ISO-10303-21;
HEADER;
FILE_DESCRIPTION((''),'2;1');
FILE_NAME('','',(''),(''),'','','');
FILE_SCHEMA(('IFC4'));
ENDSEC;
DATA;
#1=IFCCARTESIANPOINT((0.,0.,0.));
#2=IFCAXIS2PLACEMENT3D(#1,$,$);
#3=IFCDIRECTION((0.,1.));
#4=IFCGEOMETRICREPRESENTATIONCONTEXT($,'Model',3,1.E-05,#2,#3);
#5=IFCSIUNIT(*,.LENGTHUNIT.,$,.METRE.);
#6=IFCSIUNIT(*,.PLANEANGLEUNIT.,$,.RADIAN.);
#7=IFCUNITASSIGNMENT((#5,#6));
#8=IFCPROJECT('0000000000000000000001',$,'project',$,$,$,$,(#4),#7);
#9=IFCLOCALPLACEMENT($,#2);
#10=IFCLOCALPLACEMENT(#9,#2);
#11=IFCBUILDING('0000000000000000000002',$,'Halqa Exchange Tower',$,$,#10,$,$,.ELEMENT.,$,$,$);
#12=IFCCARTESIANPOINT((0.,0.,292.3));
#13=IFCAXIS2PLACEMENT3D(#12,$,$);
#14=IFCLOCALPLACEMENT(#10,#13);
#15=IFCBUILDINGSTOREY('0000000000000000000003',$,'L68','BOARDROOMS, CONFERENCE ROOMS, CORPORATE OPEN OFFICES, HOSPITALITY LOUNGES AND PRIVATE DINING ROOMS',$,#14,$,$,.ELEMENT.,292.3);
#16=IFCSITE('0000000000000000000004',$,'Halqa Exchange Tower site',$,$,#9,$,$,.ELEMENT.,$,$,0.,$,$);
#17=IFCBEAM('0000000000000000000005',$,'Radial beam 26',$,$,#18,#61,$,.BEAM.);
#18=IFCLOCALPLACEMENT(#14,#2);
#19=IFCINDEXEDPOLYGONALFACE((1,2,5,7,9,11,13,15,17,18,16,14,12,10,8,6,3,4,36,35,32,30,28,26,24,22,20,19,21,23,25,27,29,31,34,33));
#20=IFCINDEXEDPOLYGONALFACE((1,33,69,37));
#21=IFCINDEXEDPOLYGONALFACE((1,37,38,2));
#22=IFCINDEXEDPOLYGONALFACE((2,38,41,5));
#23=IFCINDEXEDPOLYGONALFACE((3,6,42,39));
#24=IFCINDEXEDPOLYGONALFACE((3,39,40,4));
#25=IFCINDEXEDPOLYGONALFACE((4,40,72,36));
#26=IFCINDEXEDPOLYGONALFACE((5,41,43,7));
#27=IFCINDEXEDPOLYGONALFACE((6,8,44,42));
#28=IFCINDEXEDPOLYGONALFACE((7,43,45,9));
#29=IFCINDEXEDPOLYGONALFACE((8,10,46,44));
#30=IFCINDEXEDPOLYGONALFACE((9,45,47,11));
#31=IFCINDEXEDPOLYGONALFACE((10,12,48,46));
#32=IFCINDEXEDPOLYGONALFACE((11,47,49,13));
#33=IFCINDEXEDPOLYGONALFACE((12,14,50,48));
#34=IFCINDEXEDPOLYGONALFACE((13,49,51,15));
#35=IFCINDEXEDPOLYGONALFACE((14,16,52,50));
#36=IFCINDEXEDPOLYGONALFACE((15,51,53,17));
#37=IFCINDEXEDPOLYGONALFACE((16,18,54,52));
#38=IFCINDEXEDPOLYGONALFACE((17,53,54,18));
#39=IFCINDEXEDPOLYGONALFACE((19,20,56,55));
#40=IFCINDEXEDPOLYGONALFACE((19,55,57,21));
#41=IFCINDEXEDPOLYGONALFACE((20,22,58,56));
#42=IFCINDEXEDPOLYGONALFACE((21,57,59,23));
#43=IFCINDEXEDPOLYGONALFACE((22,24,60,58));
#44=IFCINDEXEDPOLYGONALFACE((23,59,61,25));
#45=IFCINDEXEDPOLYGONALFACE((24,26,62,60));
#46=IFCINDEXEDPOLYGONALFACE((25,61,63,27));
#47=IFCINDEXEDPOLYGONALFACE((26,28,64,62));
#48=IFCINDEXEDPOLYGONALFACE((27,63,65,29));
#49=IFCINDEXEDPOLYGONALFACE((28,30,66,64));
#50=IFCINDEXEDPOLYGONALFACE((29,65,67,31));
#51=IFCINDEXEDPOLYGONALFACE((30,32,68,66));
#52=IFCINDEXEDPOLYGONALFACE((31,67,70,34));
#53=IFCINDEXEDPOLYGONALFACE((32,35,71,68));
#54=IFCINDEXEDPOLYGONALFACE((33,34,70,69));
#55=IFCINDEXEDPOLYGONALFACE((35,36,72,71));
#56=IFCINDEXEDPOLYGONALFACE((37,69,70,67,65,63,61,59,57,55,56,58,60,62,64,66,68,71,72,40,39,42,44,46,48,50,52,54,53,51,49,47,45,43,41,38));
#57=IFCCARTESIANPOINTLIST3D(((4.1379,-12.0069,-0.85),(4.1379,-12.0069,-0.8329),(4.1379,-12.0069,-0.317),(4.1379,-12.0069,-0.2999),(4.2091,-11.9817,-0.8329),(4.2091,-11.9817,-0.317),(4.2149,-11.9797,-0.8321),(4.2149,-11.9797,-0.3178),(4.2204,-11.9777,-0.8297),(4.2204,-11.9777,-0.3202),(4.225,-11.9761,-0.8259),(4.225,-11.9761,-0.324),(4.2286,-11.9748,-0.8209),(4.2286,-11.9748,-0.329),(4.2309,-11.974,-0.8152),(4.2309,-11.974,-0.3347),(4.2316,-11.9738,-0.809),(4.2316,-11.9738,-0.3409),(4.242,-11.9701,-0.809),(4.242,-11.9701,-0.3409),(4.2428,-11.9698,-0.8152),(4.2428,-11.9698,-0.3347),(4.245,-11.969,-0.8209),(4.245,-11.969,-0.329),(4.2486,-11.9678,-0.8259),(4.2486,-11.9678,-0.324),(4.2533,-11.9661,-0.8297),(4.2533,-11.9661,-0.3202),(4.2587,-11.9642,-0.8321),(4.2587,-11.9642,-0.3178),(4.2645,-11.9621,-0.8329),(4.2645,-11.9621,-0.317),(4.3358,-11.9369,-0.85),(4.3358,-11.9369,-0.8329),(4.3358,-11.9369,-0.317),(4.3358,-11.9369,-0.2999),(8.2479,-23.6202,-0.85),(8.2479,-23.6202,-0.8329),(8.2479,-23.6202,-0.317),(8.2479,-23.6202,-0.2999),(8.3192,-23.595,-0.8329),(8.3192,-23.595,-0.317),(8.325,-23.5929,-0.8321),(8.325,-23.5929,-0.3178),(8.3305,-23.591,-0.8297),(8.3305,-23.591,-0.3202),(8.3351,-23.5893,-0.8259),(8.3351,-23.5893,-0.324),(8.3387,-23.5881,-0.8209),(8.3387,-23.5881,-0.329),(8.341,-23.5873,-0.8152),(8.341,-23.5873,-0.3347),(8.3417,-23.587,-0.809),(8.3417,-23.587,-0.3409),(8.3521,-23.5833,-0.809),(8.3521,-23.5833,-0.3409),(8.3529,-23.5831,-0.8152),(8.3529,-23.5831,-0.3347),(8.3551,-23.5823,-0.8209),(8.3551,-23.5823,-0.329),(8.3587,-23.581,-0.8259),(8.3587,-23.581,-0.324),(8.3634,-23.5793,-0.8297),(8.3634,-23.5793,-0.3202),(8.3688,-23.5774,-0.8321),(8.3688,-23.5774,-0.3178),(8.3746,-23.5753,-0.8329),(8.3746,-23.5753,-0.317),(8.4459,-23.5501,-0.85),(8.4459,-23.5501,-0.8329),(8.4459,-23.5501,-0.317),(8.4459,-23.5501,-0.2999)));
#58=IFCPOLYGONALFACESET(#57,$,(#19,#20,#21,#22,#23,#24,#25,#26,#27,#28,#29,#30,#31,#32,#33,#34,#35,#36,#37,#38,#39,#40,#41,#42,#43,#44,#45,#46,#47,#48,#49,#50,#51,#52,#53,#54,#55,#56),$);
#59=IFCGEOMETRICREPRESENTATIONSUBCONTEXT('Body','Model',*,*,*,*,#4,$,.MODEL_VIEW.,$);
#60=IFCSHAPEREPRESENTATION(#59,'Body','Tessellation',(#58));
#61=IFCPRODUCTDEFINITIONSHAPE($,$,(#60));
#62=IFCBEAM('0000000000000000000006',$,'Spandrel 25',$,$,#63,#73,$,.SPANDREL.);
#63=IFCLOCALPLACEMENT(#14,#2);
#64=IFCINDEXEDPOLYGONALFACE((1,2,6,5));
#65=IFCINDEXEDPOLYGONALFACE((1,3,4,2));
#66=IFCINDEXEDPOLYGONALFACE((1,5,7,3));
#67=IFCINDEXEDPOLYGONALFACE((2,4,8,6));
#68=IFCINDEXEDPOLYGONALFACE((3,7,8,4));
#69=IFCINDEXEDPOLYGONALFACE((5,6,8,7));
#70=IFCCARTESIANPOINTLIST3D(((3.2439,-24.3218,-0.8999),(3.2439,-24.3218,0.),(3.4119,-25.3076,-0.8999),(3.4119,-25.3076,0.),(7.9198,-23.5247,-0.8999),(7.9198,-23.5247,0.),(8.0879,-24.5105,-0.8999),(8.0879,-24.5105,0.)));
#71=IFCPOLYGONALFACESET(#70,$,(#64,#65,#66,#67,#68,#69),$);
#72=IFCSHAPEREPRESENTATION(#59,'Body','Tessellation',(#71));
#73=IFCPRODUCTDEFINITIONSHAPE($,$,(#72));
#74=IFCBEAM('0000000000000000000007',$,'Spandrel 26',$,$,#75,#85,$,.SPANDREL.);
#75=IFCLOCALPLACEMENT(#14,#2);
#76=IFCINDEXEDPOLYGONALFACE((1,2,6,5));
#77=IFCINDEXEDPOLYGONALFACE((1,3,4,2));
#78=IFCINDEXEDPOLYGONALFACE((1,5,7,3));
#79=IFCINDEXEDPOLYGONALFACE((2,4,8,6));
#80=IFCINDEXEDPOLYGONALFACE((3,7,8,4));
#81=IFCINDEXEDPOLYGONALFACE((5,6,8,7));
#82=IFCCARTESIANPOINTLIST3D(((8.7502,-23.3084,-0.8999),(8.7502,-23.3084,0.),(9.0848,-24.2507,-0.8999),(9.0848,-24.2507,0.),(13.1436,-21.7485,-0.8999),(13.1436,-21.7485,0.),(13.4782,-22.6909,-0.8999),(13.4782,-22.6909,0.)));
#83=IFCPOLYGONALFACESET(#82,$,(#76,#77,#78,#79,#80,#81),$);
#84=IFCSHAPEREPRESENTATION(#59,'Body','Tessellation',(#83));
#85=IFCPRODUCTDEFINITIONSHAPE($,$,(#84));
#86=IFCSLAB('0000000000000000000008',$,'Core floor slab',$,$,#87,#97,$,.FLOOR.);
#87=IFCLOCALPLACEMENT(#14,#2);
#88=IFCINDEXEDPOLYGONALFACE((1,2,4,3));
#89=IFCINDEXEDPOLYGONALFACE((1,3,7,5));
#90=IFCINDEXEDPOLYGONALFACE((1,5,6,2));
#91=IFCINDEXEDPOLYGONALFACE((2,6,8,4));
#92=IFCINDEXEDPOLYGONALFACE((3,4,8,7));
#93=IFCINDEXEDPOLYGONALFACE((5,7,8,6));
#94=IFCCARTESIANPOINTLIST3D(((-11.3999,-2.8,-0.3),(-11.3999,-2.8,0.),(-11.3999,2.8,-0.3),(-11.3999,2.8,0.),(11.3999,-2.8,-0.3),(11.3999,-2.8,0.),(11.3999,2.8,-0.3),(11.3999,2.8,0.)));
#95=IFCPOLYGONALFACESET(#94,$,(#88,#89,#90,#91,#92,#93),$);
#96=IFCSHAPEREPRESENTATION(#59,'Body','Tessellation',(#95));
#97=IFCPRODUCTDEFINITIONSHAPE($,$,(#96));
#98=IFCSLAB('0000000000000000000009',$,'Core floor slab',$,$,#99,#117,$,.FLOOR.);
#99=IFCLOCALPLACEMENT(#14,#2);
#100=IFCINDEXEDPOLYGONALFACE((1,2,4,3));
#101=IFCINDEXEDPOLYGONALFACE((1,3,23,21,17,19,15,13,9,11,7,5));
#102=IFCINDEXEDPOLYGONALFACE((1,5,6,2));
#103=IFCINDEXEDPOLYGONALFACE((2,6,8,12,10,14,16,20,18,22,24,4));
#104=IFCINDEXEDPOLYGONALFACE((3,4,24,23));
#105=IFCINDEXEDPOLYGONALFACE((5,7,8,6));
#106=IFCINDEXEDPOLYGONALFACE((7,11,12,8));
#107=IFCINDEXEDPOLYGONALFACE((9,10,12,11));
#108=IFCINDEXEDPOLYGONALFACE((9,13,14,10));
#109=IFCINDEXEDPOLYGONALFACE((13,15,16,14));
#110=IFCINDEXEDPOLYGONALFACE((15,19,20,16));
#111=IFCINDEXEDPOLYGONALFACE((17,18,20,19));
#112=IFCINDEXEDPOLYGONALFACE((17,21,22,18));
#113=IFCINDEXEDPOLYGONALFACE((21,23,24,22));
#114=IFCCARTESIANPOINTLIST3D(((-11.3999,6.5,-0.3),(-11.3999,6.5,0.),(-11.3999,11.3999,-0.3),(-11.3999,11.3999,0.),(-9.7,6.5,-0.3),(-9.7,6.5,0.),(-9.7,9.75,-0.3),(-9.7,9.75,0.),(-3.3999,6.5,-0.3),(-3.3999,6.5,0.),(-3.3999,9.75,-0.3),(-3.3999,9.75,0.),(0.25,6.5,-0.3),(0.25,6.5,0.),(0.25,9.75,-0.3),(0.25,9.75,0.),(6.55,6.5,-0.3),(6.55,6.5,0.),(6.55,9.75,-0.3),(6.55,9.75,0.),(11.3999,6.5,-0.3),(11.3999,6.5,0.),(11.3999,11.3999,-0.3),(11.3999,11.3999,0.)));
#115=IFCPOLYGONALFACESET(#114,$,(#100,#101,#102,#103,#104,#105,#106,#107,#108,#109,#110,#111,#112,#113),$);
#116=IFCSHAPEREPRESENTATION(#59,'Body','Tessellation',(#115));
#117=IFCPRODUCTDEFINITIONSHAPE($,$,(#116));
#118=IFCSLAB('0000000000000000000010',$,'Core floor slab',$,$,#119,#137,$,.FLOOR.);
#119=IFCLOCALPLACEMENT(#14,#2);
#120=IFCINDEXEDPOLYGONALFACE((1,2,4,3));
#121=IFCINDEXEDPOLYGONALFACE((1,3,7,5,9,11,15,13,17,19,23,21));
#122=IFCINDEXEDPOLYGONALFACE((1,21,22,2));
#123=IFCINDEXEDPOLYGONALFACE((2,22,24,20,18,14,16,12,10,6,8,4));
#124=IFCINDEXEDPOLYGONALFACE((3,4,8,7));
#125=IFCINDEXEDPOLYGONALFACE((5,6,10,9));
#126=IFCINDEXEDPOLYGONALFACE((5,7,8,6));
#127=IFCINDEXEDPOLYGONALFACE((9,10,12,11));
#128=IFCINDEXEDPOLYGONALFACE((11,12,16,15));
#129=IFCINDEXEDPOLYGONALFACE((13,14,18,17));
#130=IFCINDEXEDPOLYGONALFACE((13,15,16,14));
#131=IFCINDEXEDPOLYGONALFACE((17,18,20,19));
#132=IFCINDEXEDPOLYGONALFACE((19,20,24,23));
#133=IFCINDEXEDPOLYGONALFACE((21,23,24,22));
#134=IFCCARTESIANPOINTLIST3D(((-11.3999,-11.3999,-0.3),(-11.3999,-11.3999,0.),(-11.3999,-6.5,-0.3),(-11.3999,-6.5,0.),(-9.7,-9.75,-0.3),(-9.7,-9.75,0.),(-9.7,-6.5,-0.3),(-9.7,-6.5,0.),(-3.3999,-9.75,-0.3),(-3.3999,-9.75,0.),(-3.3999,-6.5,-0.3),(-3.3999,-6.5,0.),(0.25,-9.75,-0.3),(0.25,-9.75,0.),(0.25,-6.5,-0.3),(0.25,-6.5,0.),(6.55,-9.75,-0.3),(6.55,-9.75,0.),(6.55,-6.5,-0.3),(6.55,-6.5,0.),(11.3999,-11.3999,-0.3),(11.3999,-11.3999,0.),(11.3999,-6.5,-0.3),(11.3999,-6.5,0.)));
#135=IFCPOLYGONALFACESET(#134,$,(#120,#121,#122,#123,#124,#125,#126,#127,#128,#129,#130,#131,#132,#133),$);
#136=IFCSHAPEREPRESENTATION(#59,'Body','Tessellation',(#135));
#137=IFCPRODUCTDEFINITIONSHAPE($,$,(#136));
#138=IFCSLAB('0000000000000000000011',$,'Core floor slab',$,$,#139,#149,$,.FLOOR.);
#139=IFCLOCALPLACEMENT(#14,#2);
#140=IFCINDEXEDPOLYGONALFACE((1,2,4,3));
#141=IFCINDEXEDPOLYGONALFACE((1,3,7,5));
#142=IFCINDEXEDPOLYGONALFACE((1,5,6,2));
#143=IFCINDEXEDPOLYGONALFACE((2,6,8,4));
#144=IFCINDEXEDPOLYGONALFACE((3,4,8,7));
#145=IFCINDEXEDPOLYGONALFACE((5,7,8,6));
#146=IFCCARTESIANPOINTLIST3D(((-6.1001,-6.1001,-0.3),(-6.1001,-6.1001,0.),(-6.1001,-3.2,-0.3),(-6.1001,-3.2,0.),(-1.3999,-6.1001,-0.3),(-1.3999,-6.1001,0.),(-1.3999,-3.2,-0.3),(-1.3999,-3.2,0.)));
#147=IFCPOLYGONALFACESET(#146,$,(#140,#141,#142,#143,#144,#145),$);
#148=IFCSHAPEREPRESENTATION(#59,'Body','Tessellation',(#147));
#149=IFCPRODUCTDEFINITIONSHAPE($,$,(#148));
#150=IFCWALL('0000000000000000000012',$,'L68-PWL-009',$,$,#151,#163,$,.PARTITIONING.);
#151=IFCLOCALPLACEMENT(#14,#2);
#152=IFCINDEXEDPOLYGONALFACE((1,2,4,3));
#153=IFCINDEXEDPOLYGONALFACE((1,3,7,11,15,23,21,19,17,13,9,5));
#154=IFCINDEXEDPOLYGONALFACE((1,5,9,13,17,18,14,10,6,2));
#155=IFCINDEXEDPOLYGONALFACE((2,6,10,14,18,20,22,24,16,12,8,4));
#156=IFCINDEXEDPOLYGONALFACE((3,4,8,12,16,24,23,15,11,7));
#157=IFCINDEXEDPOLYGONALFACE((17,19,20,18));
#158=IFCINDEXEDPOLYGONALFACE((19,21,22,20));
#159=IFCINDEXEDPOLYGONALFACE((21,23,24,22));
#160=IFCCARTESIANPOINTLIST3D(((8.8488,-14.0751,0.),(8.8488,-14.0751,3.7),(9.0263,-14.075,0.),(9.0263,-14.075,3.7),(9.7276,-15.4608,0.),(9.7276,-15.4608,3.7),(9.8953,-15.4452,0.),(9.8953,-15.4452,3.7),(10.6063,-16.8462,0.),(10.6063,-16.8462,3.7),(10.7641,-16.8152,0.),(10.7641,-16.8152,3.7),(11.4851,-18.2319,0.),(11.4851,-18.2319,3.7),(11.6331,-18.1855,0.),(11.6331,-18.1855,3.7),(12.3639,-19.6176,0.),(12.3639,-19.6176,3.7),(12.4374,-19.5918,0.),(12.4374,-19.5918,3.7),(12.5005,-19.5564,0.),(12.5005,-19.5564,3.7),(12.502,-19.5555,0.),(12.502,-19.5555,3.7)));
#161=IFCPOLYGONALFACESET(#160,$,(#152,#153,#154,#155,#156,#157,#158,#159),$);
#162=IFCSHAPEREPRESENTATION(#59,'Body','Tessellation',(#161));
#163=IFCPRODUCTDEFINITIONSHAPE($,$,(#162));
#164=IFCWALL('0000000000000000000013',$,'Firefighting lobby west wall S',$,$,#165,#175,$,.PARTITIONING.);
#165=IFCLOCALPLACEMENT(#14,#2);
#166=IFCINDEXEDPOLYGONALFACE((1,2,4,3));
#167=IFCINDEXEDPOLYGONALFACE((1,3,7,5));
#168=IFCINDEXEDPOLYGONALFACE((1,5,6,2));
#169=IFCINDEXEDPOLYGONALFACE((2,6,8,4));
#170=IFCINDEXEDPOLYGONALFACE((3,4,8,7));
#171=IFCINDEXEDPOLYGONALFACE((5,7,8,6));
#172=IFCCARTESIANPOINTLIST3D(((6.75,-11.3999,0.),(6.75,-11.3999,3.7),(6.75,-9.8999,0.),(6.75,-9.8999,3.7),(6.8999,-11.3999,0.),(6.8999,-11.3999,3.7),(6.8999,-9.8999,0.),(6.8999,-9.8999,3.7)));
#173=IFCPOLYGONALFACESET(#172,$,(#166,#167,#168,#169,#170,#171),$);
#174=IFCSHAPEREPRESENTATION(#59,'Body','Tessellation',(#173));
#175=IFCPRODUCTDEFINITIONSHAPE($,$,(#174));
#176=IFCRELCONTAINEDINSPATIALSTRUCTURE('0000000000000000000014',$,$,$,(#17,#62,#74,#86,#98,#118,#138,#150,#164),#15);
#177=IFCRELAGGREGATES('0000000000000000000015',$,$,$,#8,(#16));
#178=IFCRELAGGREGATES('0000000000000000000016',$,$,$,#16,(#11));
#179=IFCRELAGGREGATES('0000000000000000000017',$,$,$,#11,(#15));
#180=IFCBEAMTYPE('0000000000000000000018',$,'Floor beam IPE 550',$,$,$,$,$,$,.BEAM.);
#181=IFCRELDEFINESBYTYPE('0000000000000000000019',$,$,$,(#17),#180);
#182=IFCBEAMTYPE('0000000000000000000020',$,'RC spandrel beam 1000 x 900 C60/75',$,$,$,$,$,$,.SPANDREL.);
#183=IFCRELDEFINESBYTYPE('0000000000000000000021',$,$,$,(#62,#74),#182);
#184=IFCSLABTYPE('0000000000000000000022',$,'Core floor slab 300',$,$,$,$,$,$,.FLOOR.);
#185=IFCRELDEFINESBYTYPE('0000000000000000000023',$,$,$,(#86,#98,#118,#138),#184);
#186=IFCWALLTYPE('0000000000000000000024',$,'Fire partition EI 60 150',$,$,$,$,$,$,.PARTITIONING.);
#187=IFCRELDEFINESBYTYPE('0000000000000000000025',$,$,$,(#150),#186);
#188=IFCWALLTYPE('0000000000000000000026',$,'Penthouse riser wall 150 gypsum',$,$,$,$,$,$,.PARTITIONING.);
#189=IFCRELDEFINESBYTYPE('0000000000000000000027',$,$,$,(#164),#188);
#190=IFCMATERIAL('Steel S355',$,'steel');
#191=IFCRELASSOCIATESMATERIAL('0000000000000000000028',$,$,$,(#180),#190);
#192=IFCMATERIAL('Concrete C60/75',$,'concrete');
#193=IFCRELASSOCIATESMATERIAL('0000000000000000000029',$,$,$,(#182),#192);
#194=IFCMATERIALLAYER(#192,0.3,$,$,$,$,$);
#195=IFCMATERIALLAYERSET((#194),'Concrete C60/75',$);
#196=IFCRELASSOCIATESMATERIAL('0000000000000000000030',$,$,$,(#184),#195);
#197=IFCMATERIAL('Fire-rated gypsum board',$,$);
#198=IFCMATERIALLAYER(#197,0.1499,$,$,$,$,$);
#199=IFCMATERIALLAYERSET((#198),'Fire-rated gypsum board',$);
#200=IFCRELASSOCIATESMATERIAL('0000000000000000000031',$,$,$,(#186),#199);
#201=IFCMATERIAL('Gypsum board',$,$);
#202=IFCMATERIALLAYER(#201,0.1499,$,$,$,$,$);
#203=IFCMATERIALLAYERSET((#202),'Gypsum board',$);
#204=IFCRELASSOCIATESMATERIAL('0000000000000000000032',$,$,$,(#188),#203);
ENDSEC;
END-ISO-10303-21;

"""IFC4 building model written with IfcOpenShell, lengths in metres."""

from ifc_helpers import new_model, si_unit, direction, frame, frame_2d, origin, origin_2d, place, context, subcontext, project, spatial, polyline, rectangle, i_section, outline, extrude, material, layer, layer_set, material_profile, profile_set, type_object, element, save


model = new_model("IFC4")

# Units and contexts
model_context = context("Model", 3, precision=1e-05, world=origin(), true_north=direction((0.0, 1.0)))
body_context = subcontext(model_context, "Body", "Model", "MODEL_VIEW")
ifc_project = project(units=[si_unit("LENGTHUNIT", "METRE"), si_unit("PLANEANGLEUNIT", "RADIAN")], contexts=[model_context])

# Site, building, storey
site_placement = place(None, origin())
site = spatial("IfcSite", under=ifc_project, at=site_placement, Name="Halqa Exchange Tower site", CompositionType="ELEMENT", RefElevation=0.0)
building_placement = place(site_placement, origin())
building = spatial("IfcBuilding", under=site, at=building_placement, Name="Halqa Exchange Tower", CompositionType="ELEMENT")
storey_placement = place(building_placement, frame((0.0, 0.0, 292.3)))
storey = spatial("IfcBuildingStorey", under=building, at=storey_placement, Name="L68", Description="BOARDROOMS, CONFERENCE ROOMS, CORPORATE OPEN OFFICES, HOSPITALITY LOUNGES AND PRIVATE DINING ROOMS", CompositionType="ELEMENT", Elevation=292.3)

# Beams
ifc_material_1 = material(Name="Steel S355", Category="steel")
ifc_material_profile_1 = material_profile(ifc_material_1, i_section(OverallWidth=0.21, OverallDepth=0.55, WebThickness=0.011, FlangeThickness=0.0171, FilletRadius=0.0239, at=origin_2d()), Name="IPE 550")
ifc_profile_set_1 = profile_set([ifc_material_profile_1], Name="Steel S355")
beam_type_1 = type_object("IfcBeamType", Name="Floor beam IPE 550", PredefinedType="BEAM", material=ifc_profile_set_1)
beam_1_placement = place(storey_placement, frame((4.2368, -11.9719, -0.575), z_axis=(0.333636, -0.942702, 0.0), x_axis=(0.942702, 0.333636, 0.0)))
element("IfcBeam", 1, at=beam_1_placement, inside=storey, type_object=beam_type_1, Name="Radial beam 26", PredefinedType="BEAM", context=body_context, shape_type="SweptSolid", body=[
    extrude(i_section(OverallWidth=0.21, OverallDepth=0.55, WebThickness=0.011, FlangeThickness=0.0171, FilletRadius=0.0239, at=origin_2d()), origin(), (0.0, 0.0, 1.0), 12.3191),
])
ifc_material_2 = material(Name="Concrete C60/75", Category="concrete")
ifc_material_profile_2 = material_profile(ifc_material_2, rectangle(XDim=1.0, YDim=0.8999, at=origin_2d()), Name="1000 x 900")
ifc_profile_set_2 = profile_set([ifc_material_profile_2], Name="Concrete C60/75")
beam_type_2 = type_object("IfcBeamType", Name="RC spandrel beam 1000 x 900 C60/75", PredefinedType="SPANDREL", material=ifc_profile_set_2)
beam_2_placement = place(storey_placement, frame((3.3279, -24.8147, -0.45), z_axis=(0.985779, 0.168045, 0.0), x_axis=(-0.168045, 0.985779, 0.0)))
element("IfcBeam", 2, at=beam_2_placement, inside=storey, type_object=beam_type_2, Name="Spandrel 25", PredefinedType="SPANDREL", context=body_context, shape_type="SweptSolid", body=[
    extrude(rectangle(XDim=1.0, YDim=0.8999, at=origin_2d()), origin(), (0.0, 0.0, 1.0), 4.7434),
])
beam_3_placement = place(storey_placement, frame((8.9175, -23.7795, -0.45), z_axis=(0.942367, 0.334581, 0.0), x_axis=(-0.334581, 0.942367, 0.0)))
element("IfcBeam", 3, at=beam_3_placement, inside=storey, type_object=beam_type_2, Name="Spandrel 26", PredefinedType="SPANDREL", context=body_context, shape_type="SweptSolid", body=[
    extrude(rectangle(XDim=1.0, YDim=0.8999, at=origin_2d()), origin(), (0.0, 0.0, 1.0), 4.6621),
])

# Slabs
ifc_layer_1 = layer(ifc_material_2, 0.3)
ifc_layer_set_1 = layer_set([ifc_layer_1], Name="Concrete C60/75")
slab_type = type_object("IfcSlabType", Name="Core floor slab 300", PredefinedType="FLOOR", material=ifc_layer_set_1)
slab_1_placement = place(storey_placement, frame((0.0, 0.0, -0.3)))
element("IfcSlab", 4, at=slab_1_placement, inside=storey, type_object=slab_type, Name="Core floor slab", PredefinedType="FLOOR", context=body_context, shape_type="SweptSolid", body=[
    extrude(outline(polyline([(-11.3999, 2.8), (11.3999, 2.8), (11.3999, -2.8), (-11.3999, -2.8), (-11.3999, 2.8)])), origin(), (0.0, 0.0, 1.0), 0.3),
])
slab_2_placement = place(storey_placement, frame((0.0, 0.0, -0.3)))
element("IfcSlab", 5, at=slab_2_placement, inside=storey, type_object=slab_type, Name="Core floor slab", PredefinedType="FLOOR", context=body_context, shape_type="SweptSolid", body=[
    extrude(outline(polyline([(-11.3999, 11.3999), (11.3999, 11.3999), (11.3999, 6.5), (6.55, 6.5), (6.55, 9.75), (0.25, 9.75), (0.25, 6.5), (-3.3999, 6.5), (-3.3999, 9.75), (-9.7, 9.75), (-9.7, 6.5), (-11.3999, 6.5), (-11.3999, 11.3999)])), origin(), (0.0, 0.0, 1.0), 0.3),
])
slab_3_placement = place(storey_placement, frame((0.0, 0.0, -0.3)))
element("IfcSlab", 6, at=slab_3_placement, inside=storey, type_object=slab_type, Name="Core floor slab", PredefinedType="FLOOR", context=body_context, shape_type="SweptSolid", body=[
    extrude(outline(polyline([(-11.3999, -6.5), (-9.7, -6.5), (-9.7, -9.75), (-3.3999, -9.75), (-3.3999, -6.5), (0.25, -6.5), (0.25, -9.75), (6.55, -9.75), (6.55, -6.5), (11.3999, -6.5), (11.3999, -11.3999), (-11.3999, -11.3999), (-11.3999, -6.5)])), origin(), (0.0, 0.0, 1.0), 0.3),
])
slab_4_placement = place(storey_placement, frame((0.0, 0.0, -0.3)))
element("IfcSlab", 7, at=slab_4_placement, inside=storey, type_object=slab_type, Name="Core floor slab", PredefinedType="FLOOR", context=body_context, shape_type="SweptSolid", body=[
    extrude(outline(polyline([(-1.3999, -3.2), (-1.3999, -6.1001), (-6.1001, -6.1001), (-6.1001, -3.2), (-1.3999, -3.2)])), origin(), (0.0, 0.0, 1.0), 0.3),
])

# Walls
ifc_material_3 = material(Name="Fire-rated gypsum board")
ifc_layer_2 = layer(ifc_material_3, 0.1499)
ifc_layer_set_2 = layer_set([ifc_layer_2], Name="Fire-rated gypsum board")
wall_type_1 = type_object("IfcWallType", Name="Fire partition EI 60 150", PredefinedType="PARTITIONING", material=ifc_layer_set_2)
wall_1_placement = place(storey_placement, frame((8.9121, -14.0349, 0.0), z_axis=(0.0, 0.0, 1.0), x_axis=(0.53557, -0.844491, 0.0)))
element("IfcWall", 8, at=wall_1_placement, inside=storey, type_object=wall_type_1, Name="L68-PWL-009", PredefinedType="PARTITIONING", context=body_context, shape_type="SweptSolid", body=[
    extrude(outline(polyline([(0.0, -0.075), (1.6409, -0.075), (3.2815, -0.075), (4.9224, -0.075), (6.5632, -0.075), (6.5808, 0.001), (6.5847, 0.0732), (6.5847, 0.075), (4.9624, 0.075), (3.3398, 0.075), (1.7175, 0.075), (0.095, 0.075), (0.0, -0.075), (0.0, -0.075)])), origin(), (0.0, 0.0, 1.0), 3.7),
])
ifc_material_4 = material(Name="Gypsum board")
ifc_layer_3 = layer(ifc_material_4, 0.1499)
ifc_layer_set_3 = layer_set([ifc_layer_3], Name="Gypsum board")
wall_type_2 = type_object("IfcWallType", Name="Penthouse riser wall 150 gypsum", PredefinedType="PARTITIONING", material=ifc_layer_set_3)
wall_2_placement = place(storey_placement, frame((6.825, -11.3999, 0.0), z_axis=(0.0, 0.0, 1.0), x_axis=(0.0, 1.0, 0.0)))
element("IfcWall", 9, at=wall_2_placement, inside=storey, type_object=wall_type_2, Name="Firefighting lobby west wall S", PredefinedType="PARTITIONING", context=body_context, shape_type="SweptSolid", body=[
    extrude(rectangle(XDim=1.5, YDim=0.1499, at=frame_2d((0.75, 0.0))), origin(), (0.0, 0.0, 1.0), 3.7),
])

save(model, "model.ifc")
